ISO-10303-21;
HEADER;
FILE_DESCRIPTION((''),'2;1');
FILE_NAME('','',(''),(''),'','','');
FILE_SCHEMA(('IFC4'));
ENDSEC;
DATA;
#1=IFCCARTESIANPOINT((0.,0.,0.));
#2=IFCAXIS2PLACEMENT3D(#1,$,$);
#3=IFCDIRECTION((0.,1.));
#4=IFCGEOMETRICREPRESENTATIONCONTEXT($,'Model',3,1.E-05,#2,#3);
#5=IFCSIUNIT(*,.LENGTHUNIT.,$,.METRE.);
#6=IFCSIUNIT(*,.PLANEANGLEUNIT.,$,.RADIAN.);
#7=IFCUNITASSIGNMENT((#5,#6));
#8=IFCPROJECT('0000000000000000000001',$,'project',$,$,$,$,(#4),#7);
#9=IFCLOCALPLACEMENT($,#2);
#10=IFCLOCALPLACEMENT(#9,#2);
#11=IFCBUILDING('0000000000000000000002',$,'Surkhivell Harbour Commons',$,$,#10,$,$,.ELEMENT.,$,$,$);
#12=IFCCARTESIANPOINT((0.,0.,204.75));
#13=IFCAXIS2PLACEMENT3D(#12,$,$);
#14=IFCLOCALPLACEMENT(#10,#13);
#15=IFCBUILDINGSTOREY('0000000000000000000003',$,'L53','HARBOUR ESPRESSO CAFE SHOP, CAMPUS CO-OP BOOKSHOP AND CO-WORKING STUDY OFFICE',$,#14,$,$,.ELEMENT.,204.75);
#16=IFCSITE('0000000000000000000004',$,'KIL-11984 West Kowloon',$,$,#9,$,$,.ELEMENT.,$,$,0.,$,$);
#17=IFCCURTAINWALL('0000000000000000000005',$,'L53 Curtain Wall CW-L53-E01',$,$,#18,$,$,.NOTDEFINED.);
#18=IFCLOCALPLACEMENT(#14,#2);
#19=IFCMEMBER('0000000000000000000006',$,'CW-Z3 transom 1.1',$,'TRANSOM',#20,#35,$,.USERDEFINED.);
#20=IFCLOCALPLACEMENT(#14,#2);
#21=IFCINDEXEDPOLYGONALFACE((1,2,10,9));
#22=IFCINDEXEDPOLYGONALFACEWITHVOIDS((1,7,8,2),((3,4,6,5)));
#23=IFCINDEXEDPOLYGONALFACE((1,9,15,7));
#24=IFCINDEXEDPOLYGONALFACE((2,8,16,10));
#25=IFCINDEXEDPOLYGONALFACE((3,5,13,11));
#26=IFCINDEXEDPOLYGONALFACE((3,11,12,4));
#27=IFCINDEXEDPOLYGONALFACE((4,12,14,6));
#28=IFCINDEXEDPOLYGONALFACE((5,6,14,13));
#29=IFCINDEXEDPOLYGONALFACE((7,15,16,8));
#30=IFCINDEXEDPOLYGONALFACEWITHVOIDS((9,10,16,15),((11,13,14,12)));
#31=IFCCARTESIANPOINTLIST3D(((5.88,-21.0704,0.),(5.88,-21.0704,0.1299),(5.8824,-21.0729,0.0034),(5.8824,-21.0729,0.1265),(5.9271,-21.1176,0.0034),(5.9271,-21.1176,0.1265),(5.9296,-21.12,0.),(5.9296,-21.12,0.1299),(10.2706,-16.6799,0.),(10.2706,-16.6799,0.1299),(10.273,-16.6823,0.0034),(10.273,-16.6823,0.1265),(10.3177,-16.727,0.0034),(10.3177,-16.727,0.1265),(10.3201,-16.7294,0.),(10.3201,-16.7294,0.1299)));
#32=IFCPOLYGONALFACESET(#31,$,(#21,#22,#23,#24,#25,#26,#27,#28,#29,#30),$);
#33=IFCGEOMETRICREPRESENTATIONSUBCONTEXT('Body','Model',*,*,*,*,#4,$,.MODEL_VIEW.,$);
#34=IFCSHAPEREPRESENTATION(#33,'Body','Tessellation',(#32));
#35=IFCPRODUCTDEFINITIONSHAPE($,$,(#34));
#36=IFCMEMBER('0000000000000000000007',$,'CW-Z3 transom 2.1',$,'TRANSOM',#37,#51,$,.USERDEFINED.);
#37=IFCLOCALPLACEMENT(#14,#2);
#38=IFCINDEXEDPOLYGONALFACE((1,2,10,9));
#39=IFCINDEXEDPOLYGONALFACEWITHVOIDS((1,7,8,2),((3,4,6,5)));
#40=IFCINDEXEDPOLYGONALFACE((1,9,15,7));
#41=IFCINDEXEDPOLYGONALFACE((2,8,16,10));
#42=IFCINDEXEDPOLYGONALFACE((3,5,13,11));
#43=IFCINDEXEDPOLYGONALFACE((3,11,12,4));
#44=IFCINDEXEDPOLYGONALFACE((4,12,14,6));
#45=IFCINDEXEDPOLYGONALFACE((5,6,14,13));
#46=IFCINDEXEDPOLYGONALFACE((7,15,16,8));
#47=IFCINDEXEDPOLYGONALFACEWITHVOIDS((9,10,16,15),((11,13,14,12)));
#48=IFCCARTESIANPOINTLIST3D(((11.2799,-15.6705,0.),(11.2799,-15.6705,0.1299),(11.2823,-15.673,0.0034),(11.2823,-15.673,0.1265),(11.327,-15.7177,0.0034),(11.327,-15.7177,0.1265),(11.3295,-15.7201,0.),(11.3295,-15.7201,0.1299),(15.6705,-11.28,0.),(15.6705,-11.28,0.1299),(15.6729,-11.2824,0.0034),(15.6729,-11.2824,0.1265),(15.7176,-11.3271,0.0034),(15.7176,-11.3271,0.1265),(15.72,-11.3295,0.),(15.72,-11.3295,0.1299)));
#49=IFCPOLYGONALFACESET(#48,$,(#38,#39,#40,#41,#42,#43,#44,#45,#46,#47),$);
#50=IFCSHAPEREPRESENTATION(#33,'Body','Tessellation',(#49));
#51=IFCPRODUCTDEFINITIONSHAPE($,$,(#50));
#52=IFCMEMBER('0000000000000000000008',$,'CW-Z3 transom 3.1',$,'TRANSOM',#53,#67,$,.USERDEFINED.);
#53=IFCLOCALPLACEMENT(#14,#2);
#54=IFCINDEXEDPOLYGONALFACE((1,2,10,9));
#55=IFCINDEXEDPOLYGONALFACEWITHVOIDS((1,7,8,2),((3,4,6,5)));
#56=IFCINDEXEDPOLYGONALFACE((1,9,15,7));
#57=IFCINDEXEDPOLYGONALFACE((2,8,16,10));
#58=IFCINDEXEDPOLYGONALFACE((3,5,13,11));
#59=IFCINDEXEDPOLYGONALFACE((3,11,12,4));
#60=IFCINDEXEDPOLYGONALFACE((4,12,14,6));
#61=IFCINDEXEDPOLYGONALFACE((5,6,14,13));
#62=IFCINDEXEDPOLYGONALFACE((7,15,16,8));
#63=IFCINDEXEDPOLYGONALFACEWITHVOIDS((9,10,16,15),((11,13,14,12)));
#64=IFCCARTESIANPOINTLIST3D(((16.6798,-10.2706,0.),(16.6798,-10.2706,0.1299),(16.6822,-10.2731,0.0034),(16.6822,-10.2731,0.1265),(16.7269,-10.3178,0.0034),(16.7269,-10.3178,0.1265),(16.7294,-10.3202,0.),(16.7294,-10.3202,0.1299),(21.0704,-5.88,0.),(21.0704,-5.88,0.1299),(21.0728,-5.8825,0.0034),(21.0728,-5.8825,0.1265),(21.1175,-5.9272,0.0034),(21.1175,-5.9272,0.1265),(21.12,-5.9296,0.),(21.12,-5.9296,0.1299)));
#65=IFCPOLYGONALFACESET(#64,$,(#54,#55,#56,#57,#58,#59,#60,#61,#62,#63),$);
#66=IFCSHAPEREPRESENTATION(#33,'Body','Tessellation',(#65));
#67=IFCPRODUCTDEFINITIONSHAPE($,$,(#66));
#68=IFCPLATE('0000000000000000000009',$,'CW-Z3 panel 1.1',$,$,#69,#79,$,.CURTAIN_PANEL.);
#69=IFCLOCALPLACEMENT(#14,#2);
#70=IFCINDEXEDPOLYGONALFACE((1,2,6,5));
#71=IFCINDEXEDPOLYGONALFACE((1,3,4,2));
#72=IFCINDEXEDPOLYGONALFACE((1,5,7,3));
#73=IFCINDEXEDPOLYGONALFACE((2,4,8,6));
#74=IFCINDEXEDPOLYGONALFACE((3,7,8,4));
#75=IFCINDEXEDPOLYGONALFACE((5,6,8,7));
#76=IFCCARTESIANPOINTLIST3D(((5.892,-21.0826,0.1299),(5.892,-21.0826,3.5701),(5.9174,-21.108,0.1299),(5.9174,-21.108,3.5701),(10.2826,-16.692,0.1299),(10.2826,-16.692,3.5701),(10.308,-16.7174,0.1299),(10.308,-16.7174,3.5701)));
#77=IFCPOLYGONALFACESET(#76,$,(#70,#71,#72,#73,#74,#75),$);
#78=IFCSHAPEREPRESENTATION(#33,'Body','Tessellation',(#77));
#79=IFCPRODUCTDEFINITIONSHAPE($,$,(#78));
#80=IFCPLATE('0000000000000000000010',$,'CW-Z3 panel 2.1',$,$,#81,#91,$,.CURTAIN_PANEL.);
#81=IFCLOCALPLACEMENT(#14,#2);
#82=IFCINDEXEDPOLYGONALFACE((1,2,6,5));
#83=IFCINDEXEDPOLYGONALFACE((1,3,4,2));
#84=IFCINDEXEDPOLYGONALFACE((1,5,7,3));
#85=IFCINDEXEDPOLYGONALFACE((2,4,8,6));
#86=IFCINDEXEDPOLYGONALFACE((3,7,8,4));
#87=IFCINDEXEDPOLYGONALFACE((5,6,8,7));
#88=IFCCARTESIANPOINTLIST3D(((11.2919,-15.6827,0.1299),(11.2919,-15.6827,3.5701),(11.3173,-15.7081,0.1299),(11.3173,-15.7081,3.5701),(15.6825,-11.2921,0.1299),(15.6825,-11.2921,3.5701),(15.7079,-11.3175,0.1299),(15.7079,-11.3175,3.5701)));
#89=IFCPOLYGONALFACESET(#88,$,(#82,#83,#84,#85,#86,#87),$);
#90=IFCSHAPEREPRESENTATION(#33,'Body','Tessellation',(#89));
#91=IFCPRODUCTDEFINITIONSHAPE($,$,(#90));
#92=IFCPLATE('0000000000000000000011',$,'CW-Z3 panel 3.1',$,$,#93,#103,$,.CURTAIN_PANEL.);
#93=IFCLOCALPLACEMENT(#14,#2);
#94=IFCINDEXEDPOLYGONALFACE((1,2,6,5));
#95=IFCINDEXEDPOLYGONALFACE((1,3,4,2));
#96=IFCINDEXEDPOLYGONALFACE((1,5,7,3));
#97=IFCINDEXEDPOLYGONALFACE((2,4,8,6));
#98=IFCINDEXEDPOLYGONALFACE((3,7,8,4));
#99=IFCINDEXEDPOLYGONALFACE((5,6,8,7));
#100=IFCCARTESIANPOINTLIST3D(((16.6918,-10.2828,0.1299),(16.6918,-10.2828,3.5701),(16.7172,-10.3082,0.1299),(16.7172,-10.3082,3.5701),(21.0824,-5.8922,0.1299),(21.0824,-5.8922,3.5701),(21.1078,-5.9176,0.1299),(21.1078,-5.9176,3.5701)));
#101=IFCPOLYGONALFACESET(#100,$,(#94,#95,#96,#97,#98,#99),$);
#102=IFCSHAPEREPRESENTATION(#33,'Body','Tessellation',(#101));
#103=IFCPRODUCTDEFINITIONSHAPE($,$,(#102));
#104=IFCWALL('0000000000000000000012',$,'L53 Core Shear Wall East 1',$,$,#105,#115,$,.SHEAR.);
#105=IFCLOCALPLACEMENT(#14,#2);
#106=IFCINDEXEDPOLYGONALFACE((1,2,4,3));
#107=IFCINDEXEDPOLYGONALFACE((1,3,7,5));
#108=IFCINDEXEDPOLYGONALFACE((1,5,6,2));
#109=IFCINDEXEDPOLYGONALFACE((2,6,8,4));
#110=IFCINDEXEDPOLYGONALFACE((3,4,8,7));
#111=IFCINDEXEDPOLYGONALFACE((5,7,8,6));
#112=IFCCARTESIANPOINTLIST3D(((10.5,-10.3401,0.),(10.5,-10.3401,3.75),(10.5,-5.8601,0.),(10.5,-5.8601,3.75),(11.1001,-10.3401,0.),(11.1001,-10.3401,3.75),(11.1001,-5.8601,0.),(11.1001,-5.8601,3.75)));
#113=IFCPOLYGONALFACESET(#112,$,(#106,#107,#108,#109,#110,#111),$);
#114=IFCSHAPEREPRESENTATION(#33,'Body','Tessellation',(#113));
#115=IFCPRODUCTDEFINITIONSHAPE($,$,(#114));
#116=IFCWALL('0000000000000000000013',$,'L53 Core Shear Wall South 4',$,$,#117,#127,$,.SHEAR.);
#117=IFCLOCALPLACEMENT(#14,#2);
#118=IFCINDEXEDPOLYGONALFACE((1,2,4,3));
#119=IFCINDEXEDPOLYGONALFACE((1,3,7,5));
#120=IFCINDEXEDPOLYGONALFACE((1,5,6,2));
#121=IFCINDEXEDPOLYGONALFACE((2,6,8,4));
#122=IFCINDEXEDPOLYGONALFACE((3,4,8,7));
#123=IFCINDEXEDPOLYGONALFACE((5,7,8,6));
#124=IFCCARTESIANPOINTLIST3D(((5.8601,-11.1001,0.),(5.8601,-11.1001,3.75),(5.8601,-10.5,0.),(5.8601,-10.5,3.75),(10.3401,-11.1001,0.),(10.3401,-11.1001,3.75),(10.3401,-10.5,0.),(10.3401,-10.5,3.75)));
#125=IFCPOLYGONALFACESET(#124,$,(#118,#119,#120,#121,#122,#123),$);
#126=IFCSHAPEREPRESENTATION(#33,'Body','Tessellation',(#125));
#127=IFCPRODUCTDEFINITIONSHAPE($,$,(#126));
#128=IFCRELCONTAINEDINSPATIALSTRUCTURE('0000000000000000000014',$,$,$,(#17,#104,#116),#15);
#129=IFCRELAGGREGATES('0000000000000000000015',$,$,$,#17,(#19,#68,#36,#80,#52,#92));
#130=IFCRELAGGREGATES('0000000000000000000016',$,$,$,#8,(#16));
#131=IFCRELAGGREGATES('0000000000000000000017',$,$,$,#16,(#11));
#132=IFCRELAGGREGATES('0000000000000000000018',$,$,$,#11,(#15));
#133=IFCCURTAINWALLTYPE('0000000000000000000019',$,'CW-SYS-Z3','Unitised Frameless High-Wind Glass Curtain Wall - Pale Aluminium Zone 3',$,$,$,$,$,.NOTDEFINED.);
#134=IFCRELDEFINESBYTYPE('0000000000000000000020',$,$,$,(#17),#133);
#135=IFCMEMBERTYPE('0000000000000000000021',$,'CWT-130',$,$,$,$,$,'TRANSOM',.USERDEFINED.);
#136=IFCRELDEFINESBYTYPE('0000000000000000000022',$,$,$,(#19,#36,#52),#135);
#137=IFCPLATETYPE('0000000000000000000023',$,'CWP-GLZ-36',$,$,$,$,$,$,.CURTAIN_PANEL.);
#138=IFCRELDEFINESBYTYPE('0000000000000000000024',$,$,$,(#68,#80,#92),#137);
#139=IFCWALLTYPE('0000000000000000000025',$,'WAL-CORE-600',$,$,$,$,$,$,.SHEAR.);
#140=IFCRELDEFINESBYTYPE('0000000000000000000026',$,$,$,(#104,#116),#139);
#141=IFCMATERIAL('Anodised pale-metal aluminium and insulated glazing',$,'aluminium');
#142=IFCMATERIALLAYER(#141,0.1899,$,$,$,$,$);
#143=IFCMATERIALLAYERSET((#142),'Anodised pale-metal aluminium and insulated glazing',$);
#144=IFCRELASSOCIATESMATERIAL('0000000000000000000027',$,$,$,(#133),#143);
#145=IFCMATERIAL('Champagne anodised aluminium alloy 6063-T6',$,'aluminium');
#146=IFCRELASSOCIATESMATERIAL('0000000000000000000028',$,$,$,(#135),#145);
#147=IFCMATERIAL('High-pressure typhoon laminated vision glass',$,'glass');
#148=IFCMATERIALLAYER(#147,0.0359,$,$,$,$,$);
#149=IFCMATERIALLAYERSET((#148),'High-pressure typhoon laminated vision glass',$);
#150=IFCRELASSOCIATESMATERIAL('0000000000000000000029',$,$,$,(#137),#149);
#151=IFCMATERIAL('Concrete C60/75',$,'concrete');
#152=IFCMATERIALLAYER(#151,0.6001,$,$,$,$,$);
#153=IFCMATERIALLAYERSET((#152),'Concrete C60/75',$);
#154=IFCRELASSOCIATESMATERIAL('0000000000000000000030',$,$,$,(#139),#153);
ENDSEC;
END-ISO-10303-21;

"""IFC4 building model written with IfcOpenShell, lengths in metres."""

from ifc_helpers import new_model, si_unit, direction, frame, frame_2d, origin, origin_2d, place, context, subcontext, project, spatial, rectangle, hollow_rectangle, extrude, material, layer, layer_set, material_profile, profile_set, type_object, element, aggregate, save


model = new_model("IFC4")

# Units and contexts
model_context = context("Model", 3, precision=1e-05, world=origin(), true_north=direction((0.0, 1.0)))
body_context = subcontext(model_context, "Body", "Model", "MODEL_VIEW")
ifc_project = project(units=[si_unit("LENGTHUNIT", "METRE"), si_unit("PLANEANGLEUNIT", "RADIAN")], contexts=[model_context])

# Site, building, storey
site_placement = place(None, origin())
site = spatial("IfcSite", under=ifc_project, at=site_placement, Name="KIL-11984 West Kowloon", CompositionType="ELEMENT", RefElevation=0.0)
building_placement = place(site_placement, origin())
building = spatial("IfcBuilding", under=site, at=building_placement, Name="Surkhivell Harbour Commons", CompositionType="ELEMENT")
storey_placement = place(building_placement, frame((0.0, 0.0, 204.75)))
storey = spatial("IfcBuildingStorey", under=building, at=storey_placement, Name="L53", Description="HARBOUR ESPRESSO CAFE SHOP, CAMPUS CO-OP BOOKSHOP AND CO-WORKING STUDY OFFICE", CompositionType="ELEMENT", Elevation=204.75)

# Shared definitions
ifc_material_1 = material(Name="Concrete C60/75", Category="concrete")

# Curtain wall, members, plates
ifc_material_2 = material(Name="Anodised pale-metal aluminium and insulated glazing", Category="aluminium")
ifc_layer_1 = layer(ifc_material_2, 0.1899)
ifc_layer_set_1 = layer_set([ifc_layer_1], Name="Anodised pale-metal aluminium and insulated glazing")
curtain_wall_type = type_object("IfcCurtainWallType", Name="CW-SYS-Z3", Description="Unitised Frameless High-Wind Glass Curtain Wall - Pale Aluminium Zone 3", PredefinedType="NOTDEFINED", material=ifc_layer_set_1)
curtain_wall_placement = place(storey_placement, origin())
curtain_wall = element("IfcCurtainWall", 1, at=curtain_wall_placement, inside=storey, type_object=curtain_wall_type, Name="L53 Curtain Wall CW-L53-E01", PredefinedType="NOTDEFINED")
ifc_material_3 = material(Name="Champagne anodised aluminium alloy 6063-T6", Category="aluminium")
ifc_material_profile_1 = material_profile(ifc_material_3, hollow_rectangle(XDim=0.0701, YDim=0.1299, WallThickness=0.0034, at=origin_2d()), Name="ALU-TRAN-70x130")
ifc_profile_set_1 = profile_set([ifc_material_profile_1], Name="Champagne anodised aluminium alloy 6063-T6")
member_type_1 = type_object("IfcMemberType", Name="CWT-130", ElementType="TRANSOM", PredefinedType="USERDEFINED", material=ifc_profile_set_1)
member_1_placement = place(storey_placement, frame((5.9048, -21.0952, 0.0649), z_axis=(0.707107, 0.707107, 0.0), x_axis=(-0.707107, 0.707107, 0.0)))
member_1 = element("IfcMember", 2, at=member_1_placement, type_object=member_type_1, Name="CW-Z3 transom 1.1", ObjectType="TRANSOM", PredefinedType="USERDEFINED", context=body_context, shape_type="SweptSolid", body=[
    extrude(hollow_rectangle(XDim=0.0701, YDim=0.1299, WallThickness=0.0034, at=origin_2d()), origin(), (0.0, 0.0, 1.0), 6.2092),
])
member_2_placement = place(storey_placement, frame((11.3047, -15.6953, 0.0649), z_axis=(0.707107, 0.707107, 0.0), x_axis=(-0.707107, 0.707107, 0.0)))
member_2 = element("IfcMember", 3, at=member_2_placement, type_object=member_type_1, Name="CW-Z3 transom 2.1", ObjectType="TRANSOM", PredefinedType="USERDEFINED", context=body_context, shape_type="SweptSolid", body=[
    extrude(hollow_rectangle(XDim=0.0701, YDim=0.1299, WallThickness=0.0034, at=origin_2d()), origin(), (0.0, 0.0, 1.0), 6.2092),
])
member_3_placement = place(storey_placement, frame((16.7046, -10.2954, 0.0649), z_axis=(0.707107, 0.707107, 0.0), x_axis=(-0.707107, 0.707107, 0.0)))
member_3 = element("IfcMember", 4, at=member_3_placement, type_object=member_type_1, Name="CW-Z3 transom 3.1", ObjectType="TRANSOM", PredefinedType="USERDEFINED", context=body_context, shape_type="SweptSolid", body=[
    extrude(hollow_rectangle(XDim=0.0701, YDim=0.1299, WallThickness=0.0034, at=origin_2d()), origin(), (0.0, 0.0, 1.0), 6.2092),
])
ifc_material_4 = material(Name="High-pressure typhoon laminated vision glass", Category="glass")
ifc_layer_2 = layer(ifc_material_4, 0.0359)
ifc_layer_set_2 = layer_set([ifc_layer_2], Name="High-pressure typhoon laminated vision glass")
plate_type = type_object("IfcPlateType", Name="CWP-GLZ-36", PredefinedType="CURTAIN_PANEL", material=ifc_layer_set_2)
plate_1_placement = place(storey_placement, frame((5.9048, -21.0952, 0.1299), z_axis=(0.0, 0.0, 1.0), x_axis=(0.707107, 0.707107, 0.0)))
plate_1 = element("IfcPlate", 5, at=plate_1_placement, type_object=plate_type, Name="CW-Z3 panel 1.1", PredefinedType="CURTAIN_PANEL", context=body_context, shape_type="SweptSolid", body=[
    extrude(rectangle(XDim=6.2092, YDim=0.0359, at=frame_2d((3.1045, 0.0))), origin(), (0.0, 0.0, 1.0), 3.4402),
])
plate_2_placement = place(storey_placement, frame((11.3047, -15.6953, 0.1299), z_axis=(0.0, 0.0, 1.0), x_axis=(0.707107, 0.707107, 0.0)))
plate_2 = element("IfcPlate", 6, at=plate_2_placement, type_object=plate_type, Name="CW-Z3 panel 2.1", PredefinedType="CURTAIN_PANEL", context=body_context, shape_type="SweptSolid", body=[
    extrude(rectangle(XDim=6.2092, YDim=0.0359, at=frame_2d((3.1045, 0.0))), origin(), (0.0, 0.0, 1.0), 3.4402),
])
plate_3_placement = place(storey_placement, frame((16.7046, -10.2954, 0.1299), z_axis=(0.0, 0.0, 1.0), x_axis=(0.707107, 0.707107, 0.0)))
plate_3 = element("IfcPlate", 7, at=plate_3_placement, type_object=plate_type, Name="CW-Z3 panel 3.1", PredefinedType="CURTAIN_PANEL", context=body_context, shape_type="SweptSolid", body=[
    extrude(rectangle(XDim=6.2092, YDim=0.0359, at=frame_2d((3.1045, 0.0))), origin(), (0.0, 0.0, 1.0), 3.4402),
])
aggregate(curtain_wall, [member_1, plate_1, member_2, plate_2, member_3, plate_3])

# Walls
ifc_layer_3 = layer(ifc_material_1, 0.6001)
ifc_layer_set_3 = layer_set([ifc_layer_3], Name="Concrete C60/75")
wall_type_1 = type_object("IfcWallType", Name="WAL-CORE-600", PredefinedType="SHEAR", material=ifc_layer_set_3)
for number, where, z_axis, x_axis, name in (
    (8, (10.8, -10.3401, 0.0), (0.0, 0.0, 1.0), (0.0, 1.0, 0.0), "L53 Core Shear Wall East 1"),
    (9, (5.8601, -10.8, 0.0), (0.0, 0.0, 1.0), (1.0, 0.0, 0.0), "L53 Core Shear Wall South 4"),
):
    element("IfcWall", number, at=place(storey_placement, frame(where, z_axis=z_axis, x_axis=x_axis)), inside=storey, type_object=wall_type_1, Name=name, PredefinedType="SHEAR", context=body_context, shape_type="SweptSolid", body=[
        extrude(rectangle(XDim=4.48, YDim=0.6001, at=frame_2d((2.24, 0.0))), origin(), (0.0, 0.0, 1.0), 3.75),
    ])

save(model, "model.ifc")
